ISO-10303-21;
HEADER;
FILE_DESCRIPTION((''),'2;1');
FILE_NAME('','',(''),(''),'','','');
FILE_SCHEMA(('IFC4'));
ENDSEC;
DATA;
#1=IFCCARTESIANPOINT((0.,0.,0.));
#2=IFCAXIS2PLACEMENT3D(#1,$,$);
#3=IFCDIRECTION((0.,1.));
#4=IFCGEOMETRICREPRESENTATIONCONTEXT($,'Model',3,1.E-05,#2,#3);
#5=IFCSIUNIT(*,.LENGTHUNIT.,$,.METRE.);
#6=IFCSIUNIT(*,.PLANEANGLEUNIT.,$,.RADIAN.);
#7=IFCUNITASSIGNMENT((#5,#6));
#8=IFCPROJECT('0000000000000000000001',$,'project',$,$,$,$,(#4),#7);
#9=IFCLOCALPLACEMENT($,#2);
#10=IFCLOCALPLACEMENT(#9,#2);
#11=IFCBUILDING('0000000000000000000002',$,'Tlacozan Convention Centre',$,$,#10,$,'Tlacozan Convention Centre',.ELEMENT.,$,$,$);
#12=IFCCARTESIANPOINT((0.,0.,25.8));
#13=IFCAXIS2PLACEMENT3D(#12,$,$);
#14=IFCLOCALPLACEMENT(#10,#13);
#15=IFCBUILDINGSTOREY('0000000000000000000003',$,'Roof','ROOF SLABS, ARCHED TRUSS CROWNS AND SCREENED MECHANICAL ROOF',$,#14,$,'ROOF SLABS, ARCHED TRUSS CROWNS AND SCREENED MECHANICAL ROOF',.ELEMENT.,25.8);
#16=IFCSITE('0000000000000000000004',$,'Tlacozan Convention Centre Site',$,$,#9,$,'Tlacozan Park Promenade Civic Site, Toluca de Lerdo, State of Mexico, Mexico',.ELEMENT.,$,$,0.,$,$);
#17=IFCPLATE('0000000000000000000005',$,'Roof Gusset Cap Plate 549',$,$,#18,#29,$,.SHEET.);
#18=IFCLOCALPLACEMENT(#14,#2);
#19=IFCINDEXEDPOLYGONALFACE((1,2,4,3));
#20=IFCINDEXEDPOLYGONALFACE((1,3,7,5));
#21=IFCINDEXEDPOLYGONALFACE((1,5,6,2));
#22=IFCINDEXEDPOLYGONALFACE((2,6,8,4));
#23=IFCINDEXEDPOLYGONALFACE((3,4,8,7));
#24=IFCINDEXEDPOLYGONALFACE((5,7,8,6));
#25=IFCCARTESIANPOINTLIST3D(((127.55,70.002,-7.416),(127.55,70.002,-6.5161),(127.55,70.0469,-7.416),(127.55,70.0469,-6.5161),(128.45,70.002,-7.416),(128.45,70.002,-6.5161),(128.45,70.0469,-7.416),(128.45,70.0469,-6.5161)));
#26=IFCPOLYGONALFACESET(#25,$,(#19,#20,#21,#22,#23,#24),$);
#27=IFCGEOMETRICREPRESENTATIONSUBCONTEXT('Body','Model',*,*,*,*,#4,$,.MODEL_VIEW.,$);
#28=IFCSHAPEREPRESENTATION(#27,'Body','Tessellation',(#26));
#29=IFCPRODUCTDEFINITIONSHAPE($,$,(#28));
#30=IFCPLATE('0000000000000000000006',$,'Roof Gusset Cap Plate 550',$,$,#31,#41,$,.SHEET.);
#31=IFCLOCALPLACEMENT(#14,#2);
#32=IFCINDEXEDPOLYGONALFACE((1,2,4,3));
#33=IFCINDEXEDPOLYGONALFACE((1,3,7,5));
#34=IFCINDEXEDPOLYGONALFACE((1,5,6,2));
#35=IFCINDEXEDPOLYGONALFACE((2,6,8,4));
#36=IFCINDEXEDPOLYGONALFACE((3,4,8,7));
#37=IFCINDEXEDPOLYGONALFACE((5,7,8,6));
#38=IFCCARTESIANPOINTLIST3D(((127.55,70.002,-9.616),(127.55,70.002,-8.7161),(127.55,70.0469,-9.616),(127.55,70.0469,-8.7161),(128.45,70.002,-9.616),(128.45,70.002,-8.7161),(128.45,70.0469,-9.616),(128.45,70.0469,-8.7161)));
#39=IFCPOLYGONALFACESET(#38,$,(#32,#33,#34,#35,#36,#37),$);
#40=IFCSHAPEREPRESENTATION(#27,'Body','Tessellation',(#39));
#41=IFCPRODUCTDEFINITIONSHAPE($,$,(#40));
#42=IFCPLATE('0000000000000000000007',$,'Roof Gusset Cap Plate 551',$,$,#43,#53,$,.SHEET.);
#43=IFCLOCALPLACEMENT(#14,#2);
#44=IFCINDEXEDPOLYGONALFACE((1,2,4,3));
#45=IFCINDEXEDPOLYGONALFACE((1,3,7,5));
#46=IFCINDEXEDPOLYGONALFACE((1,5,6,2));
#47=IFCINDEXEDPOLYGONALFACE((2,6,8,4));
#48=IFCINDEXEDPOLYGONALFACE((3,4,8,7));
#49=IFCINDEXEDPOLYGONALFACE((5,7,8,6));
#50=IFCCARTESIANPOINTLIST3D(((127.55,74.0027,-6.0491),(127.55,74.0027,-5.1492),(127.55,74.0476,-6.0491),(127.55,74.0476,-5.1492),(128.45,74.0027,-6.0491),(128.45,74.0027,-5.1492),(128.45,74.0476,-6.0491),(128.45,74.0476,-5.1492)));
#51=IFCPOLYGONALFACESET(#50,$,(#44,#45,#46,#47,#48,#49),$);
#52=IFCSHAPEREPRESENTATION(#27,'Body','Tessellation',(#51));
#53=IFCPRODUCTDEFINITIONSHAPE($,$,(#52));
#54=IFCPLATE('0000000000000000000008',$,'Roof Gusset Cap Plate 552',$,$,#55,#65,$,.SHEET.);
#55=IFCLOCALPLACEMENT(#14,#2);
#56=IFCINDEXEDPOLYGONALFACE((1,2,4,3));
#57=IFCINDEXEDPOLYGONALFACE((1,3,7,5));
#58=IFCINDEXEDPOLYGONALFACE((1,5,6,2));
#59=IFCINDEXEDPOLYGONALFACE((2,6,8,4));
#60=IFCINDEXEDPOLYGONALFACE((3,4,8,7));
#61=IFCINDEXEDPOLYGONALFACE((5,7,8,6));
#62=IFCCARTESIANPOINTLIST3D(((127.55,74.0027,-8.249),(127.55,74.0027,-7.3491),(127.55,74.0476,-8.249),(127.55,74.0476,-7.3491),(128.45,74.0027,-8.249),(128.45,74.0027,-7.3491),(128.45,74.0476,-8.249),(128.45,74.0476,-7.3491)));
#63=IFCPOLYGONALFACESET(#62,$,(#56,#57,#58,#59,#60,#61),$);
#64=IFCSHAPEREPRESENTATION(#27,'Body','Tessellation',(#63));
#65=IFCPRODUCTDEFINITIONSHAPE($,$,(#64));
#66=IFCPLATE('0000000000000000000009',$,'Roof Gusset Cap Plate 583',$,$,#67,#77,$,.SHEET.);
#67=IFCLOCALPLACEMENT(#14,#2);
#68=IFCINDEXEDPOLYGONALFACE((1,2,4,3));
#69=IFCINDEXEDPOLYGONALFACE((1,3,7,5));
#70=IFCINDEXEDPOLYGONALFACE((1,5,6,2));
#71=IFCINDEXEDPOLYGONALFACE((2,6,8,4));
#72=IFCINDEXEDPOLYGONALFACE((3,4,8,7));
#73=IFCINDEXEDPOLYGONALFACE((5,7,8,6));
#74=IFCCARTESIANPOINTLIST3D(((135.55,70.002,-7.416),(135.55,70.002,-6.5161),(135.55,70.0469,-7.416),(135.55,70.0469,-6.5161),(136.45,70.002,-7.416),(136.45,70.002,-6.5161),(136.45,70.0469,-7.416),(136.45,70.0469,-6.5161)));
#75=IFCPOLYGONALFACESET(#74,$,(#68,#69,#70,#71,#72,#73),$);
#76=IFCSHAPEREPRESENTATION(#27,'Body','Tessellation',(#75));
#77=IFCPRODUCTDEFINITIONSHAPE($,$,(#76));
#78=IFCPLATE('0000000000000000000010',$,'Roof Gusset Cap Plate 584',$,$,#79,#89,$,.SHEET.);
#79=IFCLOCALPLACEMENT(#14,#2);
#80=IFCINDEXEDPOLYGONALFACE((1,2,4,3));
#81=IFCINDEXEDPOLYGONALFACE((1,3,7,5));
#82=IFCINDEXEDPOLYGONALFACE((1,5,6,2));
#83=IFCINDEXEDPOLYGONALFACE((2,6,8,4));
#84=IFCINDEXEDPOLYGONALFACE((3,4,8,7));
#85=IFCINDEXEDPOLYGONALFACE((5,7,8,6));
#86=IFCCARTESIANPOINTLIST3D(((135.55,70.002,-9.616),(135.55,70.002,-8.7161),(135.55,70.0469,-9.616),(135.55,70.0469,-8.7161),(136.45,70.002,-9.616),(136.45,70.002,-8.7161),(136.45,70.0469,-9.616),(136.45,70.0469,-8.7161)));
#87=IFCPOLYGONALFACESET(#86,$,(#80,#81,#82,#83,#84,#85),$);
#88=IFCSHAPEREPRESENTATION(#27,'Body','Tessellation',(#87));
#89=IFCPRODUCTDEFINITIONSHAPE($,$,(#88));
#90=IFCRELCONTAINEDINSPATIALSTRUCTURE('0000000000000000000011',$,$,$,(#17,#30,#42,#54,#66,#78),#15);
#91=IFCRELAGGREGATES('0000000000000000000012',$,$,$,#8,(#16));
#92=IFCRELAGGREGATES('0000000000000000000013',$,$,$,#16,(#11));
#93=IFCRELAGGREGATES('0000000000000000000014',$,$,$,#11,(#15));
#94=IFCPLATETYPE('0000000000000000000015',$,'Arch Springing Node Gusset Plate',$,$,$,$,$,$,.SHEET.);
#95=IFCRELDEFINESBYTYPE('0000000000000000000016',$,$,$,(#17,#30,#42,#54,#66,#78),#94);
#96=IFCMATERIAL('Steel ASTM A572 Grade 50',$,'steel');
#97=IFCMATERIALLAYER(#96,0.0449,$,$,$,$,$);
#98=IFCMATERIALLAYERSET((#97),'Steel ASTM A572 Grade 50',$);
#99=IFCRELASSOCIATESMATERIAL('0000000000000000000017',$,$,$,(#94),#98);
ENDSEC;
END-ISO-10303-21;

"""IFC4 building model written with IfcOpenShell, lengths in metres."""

from ifc_helpers import new_model, si_unit, direction, frame, origin, origin_2d, place, context, subcontext, project, spatial, rectangle, extrude, material, layer, layer_set, type_object, element, save


model = new_model("IFC4")

# Units and contexts
model_context = context("Model", 3, precision=1e-05, world=origin(), true_north=direction((0.0, 1.0)))
body_context = subcontext(model_context, "Body", "Model", "MODEL_VIEW")
ifc_project = project(units=[si_unit("LENGTHUNIT", "METRE"), si_unit("PLANEANGLEUNIT", "RADIAN")], contexts=[model_context])

# Site, building, storey
site_placement = place(None, origin())
site = spatial("IfcSite", under=ifc_project, at=site_placement, Name="Tlacozan Convention Centre Site", LongName="Tlacozan Park Promenade Civic Site, Toluca de Lerdo, State of Mexico, Mexico", CompositionType="ELEMENT", RefElevation=0.0)
building_placement = place(site_placement, origin())
building = spatial("IfcBuilding", under=site, at=building_placement, Name="Tlacozan Convention Centre", LongName="Tlacozan Convention Centre", CompositionType="ELEMENT")
storey_placement = place(building_placement, frame((0.0, 0.0, 25.8)))
storey = spatial("IfcBuildingStorey", under=building, at=storey_placement, Name="Roof", Description="ROOF SLABS, ARCHED TRUSS CROWNS AND SCREENED MECHANICAL ROOF", LongName="ROOF SLABS, ARCHED TRUSS CROWNS AND SCREENED MECHANICAL ROOF", CompositionType="ELEMENT", Elevation=25.8)

# Plates
ifc_material_1 = material(Name="Steel ASTM A572 Grade 50", Category="steel")
ifc_layer = layer(ifc_material_1, 0.0449)
ifc_layer_set = layer_set([ifc_layer], Name="Steel ASTM A572 Grade 50")
plate_type = type_object("IfcPlateType", Name="Arch Springing Node Gusset Plate", PredefinedType="SHEET", material=ifc_layer_set)
for number, where, z_axis, x_axis, name in (
    (1, (128.0, 70.0244, -7.416), (0.0, 0.0, 1.0), (0.0, 1.0, 0.0), "Roof Gusset Cap Plate 549"),
    (2, (128.0, 70.0244, -9.616), (0.0, 0.0, 1.0), (0.0, 1.0, 0.0), "Roof Gusset Cap Plate 550"),
    (3, (128.0, 74.0251, -6.0491), (0.0, 0.0, 1.0), (0.0, 1.0, 0.0), "Roof Gusset Cap Plate 551"),
    (4, (128.0, 74.0251, -8.249), (0.0, 0.0, 1.0), (0.0, 1.0, 0.0), "Roof Gusset Cap Plate 552"),
    (5, (136.0, 70.0244, -7.416), (0.0, 0.0, 1.0), (0.0, 1.0, 0.0), "Roof Gusset Cap Plate 583"),
    (6, (136.0, 70.0244, -9.616), (0.0, 0.0, 1.0), (0.0, 1.0, 0.0), "Roof Gusset Cap Plate 584"),
):
    element("IfcPlate", number, at=place(storey_placement, frame(where, z_axis=z_axis, x_axis=x_axis)), inside=storey, type_object=plate_type, Name=name, PredefinedType="SHEET", context=body_context, shape_type="SweptSolid", body=[
        extrude(rectangle(XDim=0.0449, YDim=0.8999, at=origin_2d()), origin(), (0.0, 0.0, 1.0), 0.8999),
    ])

save(model, "model.ifc")
